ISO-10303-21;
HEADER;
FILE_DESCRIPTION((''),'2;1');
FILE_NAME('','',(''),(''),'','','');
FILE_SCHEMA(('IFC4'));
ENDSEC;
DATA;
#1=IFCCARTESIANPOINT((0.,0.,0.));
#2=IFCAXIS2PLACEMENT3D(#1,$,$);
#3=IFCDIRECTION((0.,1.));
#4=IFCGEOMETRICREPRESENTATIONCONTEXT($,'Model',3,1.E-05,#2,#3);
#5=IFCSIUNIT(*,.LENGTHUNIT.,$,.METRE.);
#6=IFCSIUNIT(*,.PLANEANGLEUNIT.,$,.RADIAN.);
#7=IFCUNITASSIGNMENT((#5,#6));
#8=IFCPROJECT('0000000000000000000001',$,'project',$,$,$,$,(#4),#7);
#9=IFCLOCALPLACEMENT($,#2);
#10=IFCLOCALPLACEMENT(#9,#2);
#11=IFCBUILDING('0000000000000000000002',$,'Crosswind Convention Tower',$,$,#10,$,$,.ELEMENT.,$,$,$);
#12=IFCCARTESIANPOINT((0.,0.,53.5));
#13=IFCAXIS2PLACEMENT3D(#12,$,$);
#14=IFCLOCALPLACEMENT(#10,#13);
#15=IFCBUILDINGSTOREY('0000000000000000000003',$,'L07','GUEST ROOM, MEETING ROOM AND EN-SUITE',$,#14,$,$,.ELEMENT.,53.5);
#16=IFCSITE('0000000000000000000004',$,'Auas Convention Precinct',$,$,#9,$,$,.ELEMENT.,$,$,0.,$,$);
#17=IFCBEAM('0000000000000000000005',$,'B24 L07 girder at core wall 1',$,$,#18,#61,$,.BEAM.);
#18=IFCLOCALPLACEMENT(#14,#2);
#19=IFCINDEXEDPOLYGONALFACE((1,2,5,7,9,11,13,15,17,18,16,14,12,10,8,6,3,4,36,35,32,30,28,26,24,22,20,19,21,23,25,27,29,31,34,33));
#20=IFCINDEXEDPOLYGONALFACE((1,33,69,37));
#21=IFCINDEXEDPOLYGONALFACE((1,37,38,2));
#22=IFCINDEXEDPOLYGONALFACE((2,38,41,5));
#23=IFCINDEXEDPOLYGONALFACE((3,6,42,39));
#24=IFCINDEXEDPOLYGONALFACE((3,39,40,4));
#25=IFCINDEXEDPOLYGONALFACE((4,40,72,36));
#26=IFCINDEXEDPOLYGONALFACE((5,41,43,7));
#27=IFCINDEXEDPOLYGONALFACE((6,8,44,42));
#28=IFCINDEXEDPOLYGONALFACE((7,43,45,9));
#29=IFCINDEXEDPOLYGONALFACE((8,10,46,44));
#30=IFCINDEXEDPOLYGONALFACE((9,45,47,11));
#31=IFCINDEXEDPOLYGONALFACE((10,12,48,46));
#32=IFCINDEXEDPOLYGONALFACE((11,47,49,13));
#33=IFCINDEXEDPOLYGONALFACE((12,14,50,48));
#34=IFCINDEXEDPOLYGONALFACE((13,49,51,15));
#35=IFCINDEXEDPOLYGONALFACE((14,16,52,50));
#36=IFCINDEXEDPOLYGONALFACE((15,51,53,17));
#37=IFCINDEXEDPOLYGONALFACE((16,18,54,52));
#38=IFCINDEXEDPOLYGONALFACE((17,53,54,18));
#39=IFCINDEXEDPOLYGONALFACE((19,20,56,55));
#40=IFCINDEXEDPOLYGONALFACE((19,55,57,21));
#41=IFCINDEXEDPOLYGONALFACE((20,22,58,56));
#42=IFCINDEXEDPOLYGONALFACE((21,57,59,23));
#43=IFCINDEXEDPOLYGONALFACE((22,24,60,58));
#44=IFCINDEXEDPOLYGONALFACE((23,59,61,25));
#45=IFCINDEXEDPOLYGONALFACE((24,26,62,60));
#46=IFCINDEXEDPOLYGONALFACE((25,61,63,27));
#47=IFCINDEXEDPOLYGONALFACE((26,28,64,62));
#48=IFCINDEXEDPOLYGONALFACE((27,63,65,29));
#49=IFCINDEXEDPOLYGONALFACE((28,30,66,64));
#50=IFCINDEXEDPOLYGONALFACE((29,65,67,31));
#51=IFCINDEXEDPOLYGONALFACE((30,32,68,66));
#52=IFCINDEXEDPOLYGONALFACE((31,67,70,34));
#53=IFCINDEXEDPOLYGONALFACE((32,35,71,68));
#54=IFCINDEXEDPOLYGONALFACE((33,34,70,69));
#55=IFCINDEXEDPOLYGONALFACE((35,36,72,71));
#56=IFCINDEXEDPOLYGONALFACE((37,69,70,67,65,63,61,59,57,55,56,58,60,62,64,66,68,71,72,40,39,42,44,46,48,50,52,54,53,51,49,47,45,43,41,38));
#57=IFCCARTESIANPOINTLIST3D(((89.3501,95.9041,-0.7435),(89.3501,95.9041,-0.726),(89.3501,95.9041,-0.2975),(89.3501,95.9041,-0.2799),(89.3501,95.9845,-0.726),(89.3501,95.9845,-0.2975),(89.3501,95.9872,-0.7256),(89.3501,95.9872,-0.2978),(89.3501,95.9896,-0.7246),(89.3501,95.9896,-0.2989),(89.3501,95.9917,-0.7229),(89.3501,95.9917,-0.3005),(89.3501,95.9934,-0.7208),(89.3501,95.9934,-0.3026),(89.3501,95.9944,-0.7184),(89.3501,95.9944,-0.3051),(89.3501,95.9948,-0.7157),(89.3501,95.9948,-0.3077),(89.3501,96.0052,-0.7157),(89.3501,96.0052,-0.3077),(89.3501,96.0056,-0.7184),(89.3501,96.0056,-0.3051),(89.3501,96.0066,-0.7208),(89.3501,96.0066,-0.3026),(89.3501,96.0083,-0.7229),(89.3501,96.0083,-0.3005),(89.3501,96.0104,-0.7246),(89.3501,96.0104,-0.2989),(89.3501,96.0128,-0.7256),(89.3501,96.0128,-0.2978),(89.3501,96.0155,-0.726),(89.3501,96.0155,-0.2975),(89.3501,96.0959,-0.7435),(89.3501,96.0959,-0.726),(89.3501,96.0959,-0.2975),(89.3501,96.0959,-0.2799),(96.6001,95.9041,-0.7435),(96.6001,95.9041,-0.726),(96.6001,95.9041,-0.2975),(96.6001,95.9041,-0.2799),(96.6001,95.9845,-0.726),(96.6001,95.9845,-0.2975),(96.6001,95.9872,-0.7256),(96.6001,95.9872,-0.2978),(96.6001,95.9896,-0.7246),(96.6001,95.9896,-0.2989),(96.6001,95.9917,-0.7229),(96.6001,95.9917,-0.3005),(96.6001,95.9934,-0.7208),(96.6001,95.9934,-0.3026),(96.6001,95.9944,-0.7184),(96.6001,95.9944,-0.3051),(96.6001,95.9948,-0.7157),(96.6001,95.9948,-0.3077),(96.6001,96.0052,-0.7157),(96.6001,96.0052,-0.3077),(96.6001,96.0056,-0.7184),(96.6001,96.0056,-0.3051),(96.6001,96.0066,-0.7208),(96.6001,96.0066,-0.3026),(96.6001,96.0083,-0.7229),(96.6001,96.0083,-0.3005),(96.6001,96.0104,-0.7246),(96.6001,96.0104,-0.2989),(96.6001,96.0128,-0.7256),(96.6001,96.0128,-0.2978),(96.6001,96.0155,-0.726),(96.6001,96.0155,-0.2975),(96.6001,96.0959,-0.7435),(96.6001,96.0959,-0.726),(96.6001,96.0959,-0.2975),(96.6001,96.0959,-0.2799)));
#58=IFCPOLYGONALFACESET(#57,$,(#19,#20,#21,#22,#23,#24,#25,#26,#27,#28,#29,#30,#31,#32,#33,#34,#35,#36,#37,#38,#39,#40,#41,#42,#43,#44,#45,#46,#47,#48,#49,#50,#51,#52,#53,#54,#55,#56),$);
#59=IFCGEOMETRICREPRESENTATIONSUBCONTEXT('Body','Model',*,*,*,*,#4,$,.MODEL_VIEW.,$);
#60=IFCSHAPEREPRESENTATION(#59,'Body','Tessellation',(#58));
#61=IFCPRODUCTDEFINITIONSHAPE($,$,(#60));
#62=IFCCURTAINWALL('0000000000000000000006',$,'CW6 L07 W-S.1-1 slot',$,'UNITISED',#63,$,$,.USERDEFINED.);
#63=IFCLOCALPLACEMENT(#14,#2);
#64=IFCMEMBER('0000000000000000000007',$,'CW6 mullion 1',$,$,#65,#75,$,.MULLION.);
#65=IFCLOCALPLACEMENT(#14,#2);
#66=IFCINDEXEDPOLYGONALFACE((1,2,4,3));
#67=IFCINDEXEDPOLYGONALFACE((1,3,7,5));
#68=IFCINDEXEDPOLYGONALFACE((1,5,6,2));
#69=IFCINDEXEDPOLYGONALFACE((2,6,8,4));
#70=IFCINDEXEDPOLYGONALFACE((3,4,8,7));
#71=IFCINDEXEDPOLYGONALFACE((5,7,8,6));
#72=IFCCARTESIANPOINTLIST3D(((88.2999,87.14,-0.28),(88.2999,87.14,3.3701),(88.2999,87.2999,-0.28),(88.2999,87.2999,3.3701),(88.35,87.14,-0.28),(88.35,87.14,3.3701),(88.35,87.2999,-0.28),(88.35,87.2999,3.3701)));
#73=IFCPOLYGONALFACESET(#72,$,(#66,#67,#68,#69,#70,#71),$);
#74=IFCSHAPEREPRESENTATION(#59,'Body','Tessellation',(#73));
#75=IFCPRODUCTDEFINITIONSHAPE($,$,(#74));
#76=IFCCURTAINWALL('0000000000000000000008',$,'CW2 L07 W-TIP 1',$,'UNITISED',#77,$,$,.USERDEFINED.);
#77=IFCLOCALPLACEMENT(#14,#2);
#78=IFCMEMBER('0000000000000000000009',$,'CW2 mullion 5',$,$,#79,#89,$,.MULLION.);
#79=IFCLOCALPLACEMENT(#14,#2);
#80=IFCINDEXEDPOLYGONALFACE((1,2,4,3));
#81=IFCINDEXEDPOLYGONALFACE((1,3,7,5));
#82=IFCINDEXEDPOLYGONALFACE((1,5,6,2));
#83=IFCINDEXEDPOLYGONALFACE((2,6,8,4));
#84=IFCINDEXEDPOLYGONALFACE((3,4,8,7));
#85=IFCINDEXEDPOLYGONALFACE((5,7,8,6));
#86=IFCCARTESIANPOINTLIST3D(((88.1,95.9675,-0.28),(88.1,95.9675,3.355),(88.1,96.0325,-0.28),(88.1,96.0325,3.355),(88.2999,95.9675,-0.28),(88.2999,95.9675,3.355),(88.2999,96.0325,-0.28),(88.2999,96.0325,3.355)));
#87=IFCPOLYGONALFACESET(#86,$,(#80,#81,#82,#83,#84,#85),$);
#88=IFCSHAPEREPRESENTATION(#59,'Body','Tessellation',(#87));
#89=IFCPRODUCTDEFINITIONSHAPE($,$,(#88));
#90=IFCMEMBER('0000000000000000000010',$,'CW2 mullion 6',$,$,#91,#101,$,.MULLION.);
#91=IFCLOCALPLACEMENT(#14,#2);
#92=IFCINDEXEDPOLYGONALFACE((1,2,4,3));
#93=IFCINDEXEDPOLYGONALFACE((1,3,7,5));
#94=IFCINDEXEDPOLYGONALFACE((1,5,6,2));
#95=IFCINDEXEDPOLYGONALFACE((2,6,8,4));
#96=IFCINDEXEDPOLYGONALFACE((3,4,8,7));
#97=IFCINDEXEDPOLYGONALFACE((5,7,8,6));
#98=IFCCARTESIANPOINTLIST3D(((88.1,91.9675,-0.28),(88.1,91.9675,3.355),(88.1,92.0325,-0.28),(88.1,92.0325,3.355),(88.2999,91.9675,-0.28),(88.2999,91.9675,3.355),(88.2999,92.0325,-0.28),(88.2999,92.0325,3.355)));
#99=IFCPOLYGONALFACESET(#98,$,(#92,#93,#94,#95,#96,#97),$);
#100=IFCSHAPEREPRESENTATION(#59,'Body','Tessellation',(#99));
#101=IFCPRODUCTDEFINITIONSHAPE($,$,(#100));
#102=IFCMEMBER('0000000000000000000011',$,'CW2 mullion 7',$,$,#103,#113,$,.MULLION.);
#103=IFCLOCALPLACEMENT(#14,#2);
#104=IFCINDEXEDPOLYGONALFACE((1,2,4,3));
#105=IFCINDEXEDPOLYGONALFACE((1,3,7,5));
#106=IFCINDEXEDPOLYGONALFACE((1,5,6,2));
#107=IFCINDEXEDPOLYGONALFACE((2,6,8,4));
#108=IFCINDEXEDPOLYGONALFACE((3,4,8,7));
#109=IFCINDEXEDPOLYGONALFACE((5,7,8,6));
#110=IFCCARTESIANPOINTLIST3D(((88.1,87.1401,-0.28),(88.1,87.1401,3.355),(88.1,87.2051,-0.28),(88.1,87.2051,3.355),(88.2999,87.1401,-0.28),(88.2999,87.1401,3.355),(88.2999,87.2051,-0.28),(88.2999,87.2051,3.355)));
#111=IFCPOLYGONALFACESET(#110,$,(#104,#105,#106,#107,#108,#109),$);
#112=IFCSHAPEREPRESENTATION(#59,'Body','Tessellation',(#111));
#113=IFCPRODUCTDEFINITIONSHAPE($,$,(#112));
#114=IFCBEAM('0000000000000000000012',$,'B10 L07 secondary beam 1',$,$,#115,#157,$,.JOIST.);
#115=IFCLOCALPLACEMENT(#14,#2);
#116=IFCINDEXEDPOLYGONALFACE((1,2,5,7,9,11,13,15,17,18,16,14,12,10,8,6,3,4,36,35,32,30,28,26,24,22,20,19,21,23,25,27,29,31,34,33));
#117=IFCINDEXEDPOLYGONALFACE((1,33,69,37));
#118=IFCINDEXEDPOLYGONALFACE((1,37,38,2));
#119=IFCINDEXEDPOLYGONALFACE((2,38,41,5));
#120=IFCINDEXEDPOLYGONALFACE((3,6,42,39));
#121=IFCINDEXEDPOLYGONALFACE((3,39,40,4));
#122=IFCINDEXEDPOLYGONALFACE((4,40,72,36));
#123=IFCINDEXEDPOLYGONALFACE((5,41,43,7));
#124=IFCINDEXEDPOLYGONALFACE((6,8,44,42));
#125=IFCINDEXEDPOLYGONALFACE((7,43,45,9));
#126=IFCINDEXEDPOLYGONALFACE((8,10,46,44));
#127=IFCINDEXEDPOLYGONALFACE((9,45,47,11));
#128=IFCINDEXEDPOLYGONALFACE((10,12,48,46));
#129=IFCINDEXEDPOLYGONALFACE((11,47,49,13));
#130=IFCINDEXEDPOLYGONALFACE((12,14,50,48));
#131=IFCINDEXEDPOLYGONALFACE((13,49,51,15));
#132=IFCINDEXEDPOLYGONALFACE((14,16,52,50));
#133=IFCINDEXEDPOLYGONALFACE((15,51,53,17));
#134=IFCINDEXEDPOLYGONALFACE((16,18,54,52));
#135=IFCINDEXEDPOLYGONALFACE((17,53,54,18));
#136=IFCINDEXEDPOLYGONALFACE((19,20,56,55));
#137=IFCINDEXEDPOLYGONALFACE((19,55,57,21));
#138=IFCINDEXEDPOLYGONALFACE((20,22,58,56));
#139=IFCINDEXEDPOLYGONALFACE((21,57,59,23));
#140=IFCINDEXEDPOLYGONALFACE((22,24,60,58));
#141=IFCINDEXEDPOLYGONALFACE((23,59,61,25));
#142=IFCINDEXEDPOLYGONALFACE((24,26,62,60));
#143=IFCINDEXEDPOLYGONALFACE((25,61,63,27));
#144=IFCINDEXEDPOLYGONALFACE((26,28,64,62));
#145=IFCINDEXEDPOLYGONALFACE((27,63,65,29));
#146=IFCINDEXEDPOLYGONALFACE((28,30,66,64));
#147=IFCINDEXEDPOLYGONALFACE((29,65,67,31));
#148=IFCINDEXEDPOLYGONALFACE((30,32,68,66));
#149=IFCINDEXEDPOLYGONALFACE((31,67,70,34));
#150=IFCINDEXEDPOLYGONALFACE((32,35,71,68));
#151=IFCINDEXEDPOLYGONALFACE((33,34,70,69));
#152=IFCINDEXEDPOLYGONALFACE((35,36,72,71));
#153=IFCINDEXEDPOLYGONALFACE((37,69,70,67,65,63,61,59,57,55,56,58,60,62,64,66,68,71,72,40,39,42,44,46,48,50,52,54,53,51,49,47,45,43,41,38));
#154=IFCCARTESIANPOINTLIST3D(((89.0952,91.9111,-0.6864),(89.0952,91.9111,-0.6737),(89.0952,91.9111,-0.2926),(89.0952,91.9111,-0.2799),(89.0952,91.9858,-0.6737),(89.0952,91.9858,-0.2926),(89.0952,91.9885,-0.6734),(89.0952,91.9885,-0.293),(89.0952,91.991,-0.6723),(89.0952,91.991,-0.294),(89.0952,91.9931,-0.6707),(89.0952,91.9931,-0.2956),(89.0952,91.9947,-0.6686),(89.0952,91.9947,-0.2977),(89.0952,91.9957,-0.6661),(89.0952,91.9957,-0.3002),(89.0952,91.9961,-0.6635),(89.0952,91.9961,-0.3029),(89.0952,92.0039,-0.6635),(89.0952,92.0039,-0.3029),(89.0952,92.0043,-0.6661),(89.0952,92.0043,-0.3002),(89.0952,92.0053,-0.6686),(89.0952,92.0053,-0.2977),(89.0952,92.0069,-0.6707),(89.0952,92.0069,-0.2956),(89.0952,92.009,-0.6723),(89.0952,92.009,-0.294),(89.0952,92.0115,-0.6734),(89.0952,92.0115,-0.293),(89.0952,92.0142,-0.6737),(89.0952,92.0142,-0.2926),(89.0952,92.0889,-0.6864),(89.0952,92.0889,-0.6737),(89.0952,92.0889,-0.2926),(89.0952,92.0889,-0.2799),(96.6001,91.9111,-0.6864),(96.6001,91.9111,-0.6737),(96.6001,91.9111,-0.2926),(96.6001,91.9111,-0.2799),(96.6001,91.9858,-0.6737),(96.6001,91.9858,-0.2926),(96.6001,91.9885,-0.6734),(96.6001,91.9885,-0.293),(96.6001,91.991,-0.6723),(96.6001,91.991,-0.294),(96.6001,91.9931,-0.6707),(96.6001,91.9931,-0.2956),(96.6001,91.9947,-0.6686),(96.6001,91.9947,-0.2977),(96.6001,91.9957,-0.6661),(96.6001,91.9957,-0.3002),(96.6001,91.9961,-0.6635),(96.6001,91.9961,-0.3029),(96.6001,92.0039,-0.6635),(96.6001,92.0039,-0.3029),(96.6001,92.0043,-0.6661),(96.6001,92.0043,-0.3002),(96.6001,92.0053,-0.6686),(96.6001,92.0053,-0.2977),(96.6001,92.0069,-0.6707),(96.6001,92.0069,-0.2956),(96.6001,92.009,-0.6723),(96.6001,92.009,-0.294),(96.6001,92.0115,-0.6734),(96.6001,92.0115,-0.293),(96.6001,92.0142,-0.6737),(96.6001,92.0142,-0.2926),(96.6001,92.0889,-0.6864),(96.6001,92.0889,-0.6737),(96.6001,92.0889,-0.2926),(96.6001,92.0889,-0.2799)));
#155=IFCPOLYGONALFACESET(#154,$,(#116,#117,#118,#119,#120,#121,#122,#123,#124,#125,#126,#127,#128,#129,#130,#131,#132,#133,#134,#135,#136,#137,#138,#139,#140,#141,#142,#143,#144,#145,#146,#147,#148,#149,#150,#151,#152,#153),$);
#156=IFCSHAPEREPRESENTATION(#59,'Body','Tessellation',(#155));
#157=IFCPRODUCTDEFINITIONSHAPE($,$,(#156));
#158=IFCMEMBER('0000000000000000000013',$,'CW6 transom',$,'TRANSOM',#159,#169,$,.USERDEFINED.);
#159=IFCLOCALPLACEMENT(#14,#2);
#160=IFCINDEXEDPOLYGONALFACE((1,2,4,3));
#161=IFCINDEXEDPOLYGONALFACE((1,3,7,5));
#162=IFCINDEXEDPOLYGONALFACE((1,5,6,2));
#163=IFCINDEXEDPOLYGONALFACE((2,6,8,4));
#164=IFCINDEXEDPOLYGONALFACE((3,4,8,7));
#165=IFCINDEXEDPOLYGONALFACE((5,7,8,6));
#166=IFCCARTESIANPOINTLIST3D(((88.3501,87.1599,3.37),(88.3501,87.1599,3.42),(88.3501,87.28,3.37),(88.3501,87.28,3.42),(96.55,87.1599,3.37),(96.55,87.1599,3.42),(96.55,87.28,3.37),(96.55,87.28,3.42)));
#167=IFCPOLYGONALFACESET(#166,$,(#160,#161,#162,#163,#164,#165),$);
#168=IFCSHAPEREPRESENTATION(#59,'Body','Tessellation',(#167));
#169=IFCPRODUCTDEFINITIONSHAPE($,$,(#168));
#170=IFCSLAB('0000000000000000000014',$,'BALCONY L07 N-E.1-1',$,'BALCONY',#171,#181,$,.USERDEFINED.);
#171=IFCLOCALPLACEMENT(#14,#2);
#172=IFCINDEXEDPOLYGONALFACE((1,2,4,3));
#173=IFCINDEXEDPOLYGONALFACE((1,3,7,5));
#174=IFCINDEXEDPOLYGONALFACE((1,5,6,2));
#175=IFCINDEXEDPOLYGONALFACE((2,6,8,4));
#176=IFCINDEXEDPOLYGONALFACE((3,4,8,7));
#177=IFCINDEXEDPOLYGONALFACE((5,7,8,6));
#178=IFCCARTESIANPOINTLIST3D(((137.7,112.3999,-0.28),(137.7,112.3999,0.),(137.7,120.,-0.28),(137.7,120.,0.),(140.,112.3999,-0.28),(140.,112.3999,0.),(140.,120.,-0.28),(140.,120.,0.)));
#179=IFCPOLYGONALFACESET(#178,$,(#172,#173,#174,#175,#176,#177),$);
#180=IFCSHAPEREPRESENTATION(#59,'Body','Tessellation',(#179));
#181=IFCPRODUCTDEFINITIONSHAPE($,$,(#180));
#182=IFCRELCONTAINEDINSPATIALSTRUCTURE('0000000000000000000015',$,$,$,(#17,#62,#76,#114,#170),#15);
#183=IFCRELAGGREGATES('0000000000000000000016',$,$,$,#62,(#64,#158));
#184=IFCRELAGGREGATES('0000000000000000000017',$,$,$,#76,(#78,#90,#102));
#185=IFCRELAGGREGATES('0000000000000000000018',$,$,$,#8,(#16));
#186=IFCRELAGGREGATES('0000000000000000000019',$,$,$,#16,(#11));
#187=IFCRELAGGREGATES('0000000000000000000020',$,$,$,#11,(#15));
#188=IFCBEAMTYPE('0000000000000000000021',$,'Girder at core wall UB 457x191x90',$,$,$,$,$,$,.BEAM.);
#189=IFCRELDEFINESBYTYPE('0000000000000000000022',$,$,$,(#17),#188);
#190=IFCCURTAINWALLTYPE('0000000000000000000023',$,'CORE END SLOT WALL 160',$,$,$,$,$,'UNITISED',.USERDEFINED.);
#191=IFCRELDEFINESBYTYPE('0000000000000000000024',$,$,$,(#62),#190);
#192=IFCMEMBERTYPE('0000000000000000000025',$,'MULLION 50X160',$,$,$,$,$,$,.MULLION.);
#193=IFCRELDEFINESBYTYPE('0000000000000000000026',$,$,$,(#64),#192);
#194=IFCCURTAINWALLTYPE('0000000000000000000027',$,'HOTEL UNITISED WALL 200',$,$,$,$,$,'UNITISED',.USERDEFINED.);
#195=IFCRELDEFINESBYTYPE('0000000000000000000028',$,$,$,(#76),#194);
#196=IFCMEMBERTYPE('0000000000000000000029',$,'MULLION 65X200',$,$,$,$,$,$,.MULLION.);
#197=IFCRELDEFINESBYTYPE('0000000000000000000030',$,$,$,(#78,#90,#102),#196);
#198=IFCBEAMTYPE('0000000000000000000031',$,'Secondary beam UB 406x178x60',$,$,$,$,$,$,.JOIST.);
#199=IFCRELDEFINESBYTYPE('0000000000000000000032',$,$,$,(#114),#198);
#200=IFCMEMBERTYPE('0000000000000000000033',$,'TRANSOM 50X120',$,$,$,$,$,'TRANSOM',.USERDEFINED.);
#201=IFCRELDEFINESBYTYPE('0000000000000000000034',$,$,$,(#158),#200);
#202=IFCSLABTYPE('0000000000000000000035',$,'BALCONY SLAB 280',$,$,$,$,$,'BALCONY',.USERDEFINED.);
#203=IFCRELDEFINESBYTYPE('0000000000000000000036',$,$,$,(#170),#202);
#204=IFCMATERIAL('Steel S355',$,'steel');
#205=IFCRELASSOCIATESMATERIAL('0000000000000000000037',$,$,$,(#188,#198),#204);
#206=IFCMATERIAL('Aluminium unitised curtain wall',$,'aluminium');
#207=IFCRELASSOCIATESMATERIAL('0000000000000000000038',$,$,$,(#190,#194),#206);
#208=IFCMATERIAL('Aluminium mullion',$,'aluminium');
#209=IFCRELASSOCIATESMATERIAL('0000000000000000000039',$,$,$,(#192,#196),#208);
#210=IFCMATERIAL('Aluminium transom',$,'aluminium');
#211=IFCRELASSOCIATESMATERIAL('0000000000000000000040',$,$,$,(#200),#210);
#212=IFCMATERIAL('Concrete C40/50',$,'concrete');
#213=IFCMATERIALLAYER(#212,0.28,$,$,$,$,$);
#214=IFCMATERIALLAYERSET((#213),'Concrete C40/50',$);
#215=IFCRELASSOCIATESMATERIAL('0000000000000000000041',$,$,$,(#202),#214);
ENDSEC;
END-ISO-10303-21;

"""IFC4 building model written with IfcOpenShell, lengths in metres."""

from ifc_helpers import new_model, si_unit, direction, frame, origin, origin_2d, place, context, subcontext, project, spatial, polyline, rectangle, i_section, outline, extrude, material, layer, layer_set, material_profile, profile_set, type_object, element, aggregate, save


model = new_model("IFC4")

# Units and contexts
model_context = context("Model", 3, precision=1e-05, world=origin(), true_north=direction((0.0, 1.0)))
body_context = subcontext(model_context, "Body", "Model", "MODEL_VIEW")
ifc_project = project(units=[si_unit("LENGTHUNIT", "METRE"), si_unit("PLANEANGLEUNIT", "RADIAN")], contexts=[model_context])

# Site, building, storey
site_placement = place(None, origin())
site = spatial("IfcSite", under=ifc_project, at=site_placement, Name="Auas Convention Precinct", CompositionType="ELEMENT", RefElevation=0.0)
building_placement = place(site_placement, origin())
building = spatial("IfcBuilding", under=site, at=building_placement, Name="Crosswind Convention Tower", CompositionType="ELEMENT")
storey_placement = place(building_placement, frame((0.0, 0.0, 53.5)))
storey = spatial("IfcBuildingStorey", under=building, at=storey_placement, Name="L07", Description="GUEST ROOM, MEETING ROOM AND EN-SUITE", CompositionType="ELEMENT", Elevation=53.5)

# Beam
ifc_material_1 = material(Name="Steel S355", Category="steel")
ifc_material_profile_1 = material_profile(ifc_material_1, i_section(OverallWidth=0.1919, OverallDepth=0.4636, WebThickness=0.0105, FlangeThickness=0.0176, FilletRadius=0.0103, at=origin_2d()), Name="UB 457x191x90")
ifc_profile_set_1 = profile_set([ifc_material_profile_1], Name="Steel S355")
beam_type_1 = type_object("IfcBeamType", Name="Girder at core wall UB 457x191x90", PredefinedType="BEAM", material=ifc_profile_set_1)
beam_1_placement = place(storey_placement, frame((89.3501, 96.0, -0.5117), z_axis=(1.0, 0.0, 0.0), x_axis=(0.0, 1.0, 0.0)))
element("IfcBeam", 1, at=beam_1_placement, inside=storey, type_object=beam_type_1, Name="B24 L07 girder at core wall 1", PredefinedType="BEAM", context=body_context, shape_type="SweptSolid", body=[
    extrude(i_section(OverallWidth=0.1919, OverallDepth=0.4636, WebThickness=0.0105, FlangeThickness=0.0176, FilletRadius=0.0103, at=origin_2d()), origin(), (0.0, 0.0, 1.0), 7.25),
])

# Curtain wall, member
ifc_material_2 = material(Name="Aluminium unitised curtain wall", Category="aluminium")
curtain_wall_type_1 = type_object("IfcCurtainWallType", Name="CORE END SLOT WALL 160", ElementType="UNITISED", PredefinedType="USERDEFINED", material=ifc_material_2)
curtain_wall_1_placement = place(storey_placement, origin())
curtain_wall_1 = element("IfcCurtainWall", 2, at=curtain_wall_1_placement, inside=storey, type_object=curtain_wall_type_1, Name="CW6 L07 W-S.1-1 slot", ObjectType="UNITISED", PredefinedType="USERDEFINED")
ifc_material_3 = material(Name="Aluminium mullion", Category="aluminium")
ifc_material_profile_2 = material_profile(ifc_material_3, rectangle(XDim=0.1599, YDim=0.05, at=origin_2d()), Name="AL 160X50")
ifc_profile_set_2 = profile_set([ifc_material_profile_2], Name="Aluminium mullion")
member_type_1 = type_object("IfcMemberType", Name="MULLION 50X160", PredefinedType="MULLION", material=ifc_profile_set_2)
member_1_placement = place(storey_placement, frame((88.325, 87.22, -0.28), z_axis=(0.0, 0.0, 1.0), x_axis=(0.0, -1.0, 0.0)))
member_1 = element("IfcMember", 3, at=member_1_placement, type_object=member_type_1, Name="CW6 mullion 1", PredefinedType="MULLION", context=body_context, shape_type="SweptSolid", body=[
    extrude(rectangle(XDim=0.1599, YDim=0.05, at=origin_2d()), origin(), (0.0, 0.0, 1.0), 3.6501),
])

# Curtain wall, members
curtain_wall_type_2 = type_object("IfcCurtainWallType", Name="HOTEL UNITISED WALL 200", ElementType="UNITISED", PredefinedType="USERDEFINED", material=ifc_material_2)
curtain_wall_2_placement = place(storey_placement, origin())
curtain_wall_2 = element("IfcCurtainWall", 4, at=curtain_wall_2_placement, inside=storey, type_object=curtain_wall_type_2, Name="CW2 L07 W-TIP 1", ObjectType="UNITISED", PredefinedType="USERDEFINED")
ifc_material_profile_3 = material_profile(ifc_material_3, rectangle(XDim=0.2, YDim=0.0649, at=origin_2d()), Name="AL 200X65")
ifc_profile_set_3 = profile_set([ifc_material_profile_3], Name="Aluminium mullion")
member_type_2 = type_object("IfcMemberType", Name="MULLION 65X200", PredefinedType="MULLION", material=ifc_profile_set_3)
member_2_placement = place(storey_placement, frame((88.2, 96.0, -0.28), z_axis=(0.0, 0.0, 1.0), x_axis=(-1.0, 0.0, 0.0)))
member_2 = element("IfcMember", 5, at=member_2_placement, type_object=member_type_2, Name="CW2 mullion 5", PredefinedType="MULLION", context=body_context, shape_type="SweptSolid", body=[
    extrude(rectangle(XDim=0.2, YDim=0.0649, at=origin_2d()), origin(), (0.0, 0.0, 1.0), 3.635),
])
member_3_placement = place(storey_placement, frame((88.2, 92.0, -0.28), z_axis=(0.0, 0.0, 1.0), x_axis=(-1.0, 0.0, 0.0)))
member_3 = element("IfcMember", 6, at=member_3_placement, type_object=member_type_2, Name="CW2 mullion 6", PredefinedType="MULLION", context=body_context, shape_type="SweptSolid", body=[
    extrude(rectangle(XDim=0.2, YDim=0.0649, at=origin_2d()), origin(), (0.0, 0.0, 1.0), 3.635),
])
member_4_placement = place(storey_placement, frame((88.2, 87.1726, -0.28), z_axis=(0.0, 0.0, 1.0), x_axis=(-1.0, 0.0, 0.0)))
member_4 = element("IfcMember", 7, at=member_4_placement, type_object=member_type_2, Name="CW2 mullion 7", PredefinedType="MULLION", context=body_context, shape_type="SweptSolid", body=[
    extrude(rectangle(XDim=0.2, YDim=0.0649, at=origin_2d()), origin(), (0.0, 0.0, 1.0), 3.635),
])

# Beam
ifc_material_profile_4 = material_profile(ifc_material_1, i_section(OverallWidth=0.1777, OverallDepth=0.4065, WebThickness=0.0078, FlangeThickness=0.0127, FilletRadius=0.0103, at=origin_2d()), Name="UB 406x178x60")
ifc_profile_set_4 = profile_set([ifc_material_profile_4], Name="Steel S355")
beam_type_2 = type_object("IfcBeamType", Name="Secondary beam UB 406x178x60", PredefinedType="JOIST", material=ifc_profile_set_4)
beam_2_placement = place(storey_placement, frame((89.0952, 92.0, -0.4832), z_axis=(1.0, 0.0, 0.0), x_axis=(0.0, 1.0, 0.0)))
element("IfcBeam", 8, at=beam_2_placement, inside=storey, type_object=beam_type_2, Name="B10 L07 secondary beam 1", PredefinedType="JOIST", context=body_context, shape_type="SweptSolid", body=[
    extrude(i_section(OverallWidth=0.1777, OverallDepth=0.4065, WebThickness=0.0078, FlangeThickness=0.0127, FilletRadius=0.0103, at=origin_2d()), origin(), (0.0, 0.0, 1.0), 7.5049),
])

# Member
ifc_material_4 = material(Name="Aluminium transom", Category="aluminium")
ifc_material_profile_5 = material_profile(ifc_material_4, rectangle(XDim=0.1201, YDim=0.05, at=origin_2d()), Name="AL 120X50")
ifc_profile_set_5 = profile_set([ifc_material_profile_5], Name="Aluminium transom")
member_type_3 = type_object("IfcMemberType", Name="TRANSOM 50X120", ElementType="TRANSOM", PredefinedType="USERDEFINED", material=ifc_profile_set_5)
member_5_placement = place(storey_placement, frame((88.3501, 87.22, 3.395), z_axis=(1.0, 0.0, 0.0), x_axis=(0.0, 1.0, 0.0)))
member_5 = element("IfcMember", 9, at=member_5_placement, type_object=member_type_3, Name="CW6 transom", ObjectType="TRANSOM", PredefinedType="USERDEFINED", context=body_context, shape_type="SweptSolid", body=[
    extrude(rectangle(XDim=0.1201, YDim=0.05, at=origin_2d()), origin(), (0.0, 0.0, 1.0), 8.2),
])

# Slab
ifc_material_5 = material(Name="Concrete C40/50", Category="concrete")
ifc_layer_1 = layer(ifc_material_5, 0.28)
ifc_layer_set_1 = layer_set([ifc_layer_1], Name="Concrete C40/50")
slab_type_1 = type_object("IfcSlabType", Name="BALCONY SLAB 280", ElementType="BALCONY", PredefinedType="USERDEFINED", material=ifc_layer_set_1)
slab_1_placement = place(storey_placement, frame((0.0, 0.0, -0.28)))
element("IfcSlab", 10, at=slab_1_placement, inside=storey, type_object=slab_type_1, Name="BALCONY L07 N-E.1-1", ObjectType="BALCONY", PredefinedType="USERDEFINED", context=body_context, shape_type="SweptSolid", body=[
    extrude(outline(polyline([(137.7, 112.3999), (137.7, 120.0), (140.0, 120.0), (140.0, 112.3999), (137.7, 112.3999)])), origin(), (0.0, 0.0, 1.0), 0.28),
])

aggregate(curtain_wall_1, [member_1, member_5])
aggregate(curtain_wall_2, [member_2, member_3, member_4])

save(model, "model.ifc")
